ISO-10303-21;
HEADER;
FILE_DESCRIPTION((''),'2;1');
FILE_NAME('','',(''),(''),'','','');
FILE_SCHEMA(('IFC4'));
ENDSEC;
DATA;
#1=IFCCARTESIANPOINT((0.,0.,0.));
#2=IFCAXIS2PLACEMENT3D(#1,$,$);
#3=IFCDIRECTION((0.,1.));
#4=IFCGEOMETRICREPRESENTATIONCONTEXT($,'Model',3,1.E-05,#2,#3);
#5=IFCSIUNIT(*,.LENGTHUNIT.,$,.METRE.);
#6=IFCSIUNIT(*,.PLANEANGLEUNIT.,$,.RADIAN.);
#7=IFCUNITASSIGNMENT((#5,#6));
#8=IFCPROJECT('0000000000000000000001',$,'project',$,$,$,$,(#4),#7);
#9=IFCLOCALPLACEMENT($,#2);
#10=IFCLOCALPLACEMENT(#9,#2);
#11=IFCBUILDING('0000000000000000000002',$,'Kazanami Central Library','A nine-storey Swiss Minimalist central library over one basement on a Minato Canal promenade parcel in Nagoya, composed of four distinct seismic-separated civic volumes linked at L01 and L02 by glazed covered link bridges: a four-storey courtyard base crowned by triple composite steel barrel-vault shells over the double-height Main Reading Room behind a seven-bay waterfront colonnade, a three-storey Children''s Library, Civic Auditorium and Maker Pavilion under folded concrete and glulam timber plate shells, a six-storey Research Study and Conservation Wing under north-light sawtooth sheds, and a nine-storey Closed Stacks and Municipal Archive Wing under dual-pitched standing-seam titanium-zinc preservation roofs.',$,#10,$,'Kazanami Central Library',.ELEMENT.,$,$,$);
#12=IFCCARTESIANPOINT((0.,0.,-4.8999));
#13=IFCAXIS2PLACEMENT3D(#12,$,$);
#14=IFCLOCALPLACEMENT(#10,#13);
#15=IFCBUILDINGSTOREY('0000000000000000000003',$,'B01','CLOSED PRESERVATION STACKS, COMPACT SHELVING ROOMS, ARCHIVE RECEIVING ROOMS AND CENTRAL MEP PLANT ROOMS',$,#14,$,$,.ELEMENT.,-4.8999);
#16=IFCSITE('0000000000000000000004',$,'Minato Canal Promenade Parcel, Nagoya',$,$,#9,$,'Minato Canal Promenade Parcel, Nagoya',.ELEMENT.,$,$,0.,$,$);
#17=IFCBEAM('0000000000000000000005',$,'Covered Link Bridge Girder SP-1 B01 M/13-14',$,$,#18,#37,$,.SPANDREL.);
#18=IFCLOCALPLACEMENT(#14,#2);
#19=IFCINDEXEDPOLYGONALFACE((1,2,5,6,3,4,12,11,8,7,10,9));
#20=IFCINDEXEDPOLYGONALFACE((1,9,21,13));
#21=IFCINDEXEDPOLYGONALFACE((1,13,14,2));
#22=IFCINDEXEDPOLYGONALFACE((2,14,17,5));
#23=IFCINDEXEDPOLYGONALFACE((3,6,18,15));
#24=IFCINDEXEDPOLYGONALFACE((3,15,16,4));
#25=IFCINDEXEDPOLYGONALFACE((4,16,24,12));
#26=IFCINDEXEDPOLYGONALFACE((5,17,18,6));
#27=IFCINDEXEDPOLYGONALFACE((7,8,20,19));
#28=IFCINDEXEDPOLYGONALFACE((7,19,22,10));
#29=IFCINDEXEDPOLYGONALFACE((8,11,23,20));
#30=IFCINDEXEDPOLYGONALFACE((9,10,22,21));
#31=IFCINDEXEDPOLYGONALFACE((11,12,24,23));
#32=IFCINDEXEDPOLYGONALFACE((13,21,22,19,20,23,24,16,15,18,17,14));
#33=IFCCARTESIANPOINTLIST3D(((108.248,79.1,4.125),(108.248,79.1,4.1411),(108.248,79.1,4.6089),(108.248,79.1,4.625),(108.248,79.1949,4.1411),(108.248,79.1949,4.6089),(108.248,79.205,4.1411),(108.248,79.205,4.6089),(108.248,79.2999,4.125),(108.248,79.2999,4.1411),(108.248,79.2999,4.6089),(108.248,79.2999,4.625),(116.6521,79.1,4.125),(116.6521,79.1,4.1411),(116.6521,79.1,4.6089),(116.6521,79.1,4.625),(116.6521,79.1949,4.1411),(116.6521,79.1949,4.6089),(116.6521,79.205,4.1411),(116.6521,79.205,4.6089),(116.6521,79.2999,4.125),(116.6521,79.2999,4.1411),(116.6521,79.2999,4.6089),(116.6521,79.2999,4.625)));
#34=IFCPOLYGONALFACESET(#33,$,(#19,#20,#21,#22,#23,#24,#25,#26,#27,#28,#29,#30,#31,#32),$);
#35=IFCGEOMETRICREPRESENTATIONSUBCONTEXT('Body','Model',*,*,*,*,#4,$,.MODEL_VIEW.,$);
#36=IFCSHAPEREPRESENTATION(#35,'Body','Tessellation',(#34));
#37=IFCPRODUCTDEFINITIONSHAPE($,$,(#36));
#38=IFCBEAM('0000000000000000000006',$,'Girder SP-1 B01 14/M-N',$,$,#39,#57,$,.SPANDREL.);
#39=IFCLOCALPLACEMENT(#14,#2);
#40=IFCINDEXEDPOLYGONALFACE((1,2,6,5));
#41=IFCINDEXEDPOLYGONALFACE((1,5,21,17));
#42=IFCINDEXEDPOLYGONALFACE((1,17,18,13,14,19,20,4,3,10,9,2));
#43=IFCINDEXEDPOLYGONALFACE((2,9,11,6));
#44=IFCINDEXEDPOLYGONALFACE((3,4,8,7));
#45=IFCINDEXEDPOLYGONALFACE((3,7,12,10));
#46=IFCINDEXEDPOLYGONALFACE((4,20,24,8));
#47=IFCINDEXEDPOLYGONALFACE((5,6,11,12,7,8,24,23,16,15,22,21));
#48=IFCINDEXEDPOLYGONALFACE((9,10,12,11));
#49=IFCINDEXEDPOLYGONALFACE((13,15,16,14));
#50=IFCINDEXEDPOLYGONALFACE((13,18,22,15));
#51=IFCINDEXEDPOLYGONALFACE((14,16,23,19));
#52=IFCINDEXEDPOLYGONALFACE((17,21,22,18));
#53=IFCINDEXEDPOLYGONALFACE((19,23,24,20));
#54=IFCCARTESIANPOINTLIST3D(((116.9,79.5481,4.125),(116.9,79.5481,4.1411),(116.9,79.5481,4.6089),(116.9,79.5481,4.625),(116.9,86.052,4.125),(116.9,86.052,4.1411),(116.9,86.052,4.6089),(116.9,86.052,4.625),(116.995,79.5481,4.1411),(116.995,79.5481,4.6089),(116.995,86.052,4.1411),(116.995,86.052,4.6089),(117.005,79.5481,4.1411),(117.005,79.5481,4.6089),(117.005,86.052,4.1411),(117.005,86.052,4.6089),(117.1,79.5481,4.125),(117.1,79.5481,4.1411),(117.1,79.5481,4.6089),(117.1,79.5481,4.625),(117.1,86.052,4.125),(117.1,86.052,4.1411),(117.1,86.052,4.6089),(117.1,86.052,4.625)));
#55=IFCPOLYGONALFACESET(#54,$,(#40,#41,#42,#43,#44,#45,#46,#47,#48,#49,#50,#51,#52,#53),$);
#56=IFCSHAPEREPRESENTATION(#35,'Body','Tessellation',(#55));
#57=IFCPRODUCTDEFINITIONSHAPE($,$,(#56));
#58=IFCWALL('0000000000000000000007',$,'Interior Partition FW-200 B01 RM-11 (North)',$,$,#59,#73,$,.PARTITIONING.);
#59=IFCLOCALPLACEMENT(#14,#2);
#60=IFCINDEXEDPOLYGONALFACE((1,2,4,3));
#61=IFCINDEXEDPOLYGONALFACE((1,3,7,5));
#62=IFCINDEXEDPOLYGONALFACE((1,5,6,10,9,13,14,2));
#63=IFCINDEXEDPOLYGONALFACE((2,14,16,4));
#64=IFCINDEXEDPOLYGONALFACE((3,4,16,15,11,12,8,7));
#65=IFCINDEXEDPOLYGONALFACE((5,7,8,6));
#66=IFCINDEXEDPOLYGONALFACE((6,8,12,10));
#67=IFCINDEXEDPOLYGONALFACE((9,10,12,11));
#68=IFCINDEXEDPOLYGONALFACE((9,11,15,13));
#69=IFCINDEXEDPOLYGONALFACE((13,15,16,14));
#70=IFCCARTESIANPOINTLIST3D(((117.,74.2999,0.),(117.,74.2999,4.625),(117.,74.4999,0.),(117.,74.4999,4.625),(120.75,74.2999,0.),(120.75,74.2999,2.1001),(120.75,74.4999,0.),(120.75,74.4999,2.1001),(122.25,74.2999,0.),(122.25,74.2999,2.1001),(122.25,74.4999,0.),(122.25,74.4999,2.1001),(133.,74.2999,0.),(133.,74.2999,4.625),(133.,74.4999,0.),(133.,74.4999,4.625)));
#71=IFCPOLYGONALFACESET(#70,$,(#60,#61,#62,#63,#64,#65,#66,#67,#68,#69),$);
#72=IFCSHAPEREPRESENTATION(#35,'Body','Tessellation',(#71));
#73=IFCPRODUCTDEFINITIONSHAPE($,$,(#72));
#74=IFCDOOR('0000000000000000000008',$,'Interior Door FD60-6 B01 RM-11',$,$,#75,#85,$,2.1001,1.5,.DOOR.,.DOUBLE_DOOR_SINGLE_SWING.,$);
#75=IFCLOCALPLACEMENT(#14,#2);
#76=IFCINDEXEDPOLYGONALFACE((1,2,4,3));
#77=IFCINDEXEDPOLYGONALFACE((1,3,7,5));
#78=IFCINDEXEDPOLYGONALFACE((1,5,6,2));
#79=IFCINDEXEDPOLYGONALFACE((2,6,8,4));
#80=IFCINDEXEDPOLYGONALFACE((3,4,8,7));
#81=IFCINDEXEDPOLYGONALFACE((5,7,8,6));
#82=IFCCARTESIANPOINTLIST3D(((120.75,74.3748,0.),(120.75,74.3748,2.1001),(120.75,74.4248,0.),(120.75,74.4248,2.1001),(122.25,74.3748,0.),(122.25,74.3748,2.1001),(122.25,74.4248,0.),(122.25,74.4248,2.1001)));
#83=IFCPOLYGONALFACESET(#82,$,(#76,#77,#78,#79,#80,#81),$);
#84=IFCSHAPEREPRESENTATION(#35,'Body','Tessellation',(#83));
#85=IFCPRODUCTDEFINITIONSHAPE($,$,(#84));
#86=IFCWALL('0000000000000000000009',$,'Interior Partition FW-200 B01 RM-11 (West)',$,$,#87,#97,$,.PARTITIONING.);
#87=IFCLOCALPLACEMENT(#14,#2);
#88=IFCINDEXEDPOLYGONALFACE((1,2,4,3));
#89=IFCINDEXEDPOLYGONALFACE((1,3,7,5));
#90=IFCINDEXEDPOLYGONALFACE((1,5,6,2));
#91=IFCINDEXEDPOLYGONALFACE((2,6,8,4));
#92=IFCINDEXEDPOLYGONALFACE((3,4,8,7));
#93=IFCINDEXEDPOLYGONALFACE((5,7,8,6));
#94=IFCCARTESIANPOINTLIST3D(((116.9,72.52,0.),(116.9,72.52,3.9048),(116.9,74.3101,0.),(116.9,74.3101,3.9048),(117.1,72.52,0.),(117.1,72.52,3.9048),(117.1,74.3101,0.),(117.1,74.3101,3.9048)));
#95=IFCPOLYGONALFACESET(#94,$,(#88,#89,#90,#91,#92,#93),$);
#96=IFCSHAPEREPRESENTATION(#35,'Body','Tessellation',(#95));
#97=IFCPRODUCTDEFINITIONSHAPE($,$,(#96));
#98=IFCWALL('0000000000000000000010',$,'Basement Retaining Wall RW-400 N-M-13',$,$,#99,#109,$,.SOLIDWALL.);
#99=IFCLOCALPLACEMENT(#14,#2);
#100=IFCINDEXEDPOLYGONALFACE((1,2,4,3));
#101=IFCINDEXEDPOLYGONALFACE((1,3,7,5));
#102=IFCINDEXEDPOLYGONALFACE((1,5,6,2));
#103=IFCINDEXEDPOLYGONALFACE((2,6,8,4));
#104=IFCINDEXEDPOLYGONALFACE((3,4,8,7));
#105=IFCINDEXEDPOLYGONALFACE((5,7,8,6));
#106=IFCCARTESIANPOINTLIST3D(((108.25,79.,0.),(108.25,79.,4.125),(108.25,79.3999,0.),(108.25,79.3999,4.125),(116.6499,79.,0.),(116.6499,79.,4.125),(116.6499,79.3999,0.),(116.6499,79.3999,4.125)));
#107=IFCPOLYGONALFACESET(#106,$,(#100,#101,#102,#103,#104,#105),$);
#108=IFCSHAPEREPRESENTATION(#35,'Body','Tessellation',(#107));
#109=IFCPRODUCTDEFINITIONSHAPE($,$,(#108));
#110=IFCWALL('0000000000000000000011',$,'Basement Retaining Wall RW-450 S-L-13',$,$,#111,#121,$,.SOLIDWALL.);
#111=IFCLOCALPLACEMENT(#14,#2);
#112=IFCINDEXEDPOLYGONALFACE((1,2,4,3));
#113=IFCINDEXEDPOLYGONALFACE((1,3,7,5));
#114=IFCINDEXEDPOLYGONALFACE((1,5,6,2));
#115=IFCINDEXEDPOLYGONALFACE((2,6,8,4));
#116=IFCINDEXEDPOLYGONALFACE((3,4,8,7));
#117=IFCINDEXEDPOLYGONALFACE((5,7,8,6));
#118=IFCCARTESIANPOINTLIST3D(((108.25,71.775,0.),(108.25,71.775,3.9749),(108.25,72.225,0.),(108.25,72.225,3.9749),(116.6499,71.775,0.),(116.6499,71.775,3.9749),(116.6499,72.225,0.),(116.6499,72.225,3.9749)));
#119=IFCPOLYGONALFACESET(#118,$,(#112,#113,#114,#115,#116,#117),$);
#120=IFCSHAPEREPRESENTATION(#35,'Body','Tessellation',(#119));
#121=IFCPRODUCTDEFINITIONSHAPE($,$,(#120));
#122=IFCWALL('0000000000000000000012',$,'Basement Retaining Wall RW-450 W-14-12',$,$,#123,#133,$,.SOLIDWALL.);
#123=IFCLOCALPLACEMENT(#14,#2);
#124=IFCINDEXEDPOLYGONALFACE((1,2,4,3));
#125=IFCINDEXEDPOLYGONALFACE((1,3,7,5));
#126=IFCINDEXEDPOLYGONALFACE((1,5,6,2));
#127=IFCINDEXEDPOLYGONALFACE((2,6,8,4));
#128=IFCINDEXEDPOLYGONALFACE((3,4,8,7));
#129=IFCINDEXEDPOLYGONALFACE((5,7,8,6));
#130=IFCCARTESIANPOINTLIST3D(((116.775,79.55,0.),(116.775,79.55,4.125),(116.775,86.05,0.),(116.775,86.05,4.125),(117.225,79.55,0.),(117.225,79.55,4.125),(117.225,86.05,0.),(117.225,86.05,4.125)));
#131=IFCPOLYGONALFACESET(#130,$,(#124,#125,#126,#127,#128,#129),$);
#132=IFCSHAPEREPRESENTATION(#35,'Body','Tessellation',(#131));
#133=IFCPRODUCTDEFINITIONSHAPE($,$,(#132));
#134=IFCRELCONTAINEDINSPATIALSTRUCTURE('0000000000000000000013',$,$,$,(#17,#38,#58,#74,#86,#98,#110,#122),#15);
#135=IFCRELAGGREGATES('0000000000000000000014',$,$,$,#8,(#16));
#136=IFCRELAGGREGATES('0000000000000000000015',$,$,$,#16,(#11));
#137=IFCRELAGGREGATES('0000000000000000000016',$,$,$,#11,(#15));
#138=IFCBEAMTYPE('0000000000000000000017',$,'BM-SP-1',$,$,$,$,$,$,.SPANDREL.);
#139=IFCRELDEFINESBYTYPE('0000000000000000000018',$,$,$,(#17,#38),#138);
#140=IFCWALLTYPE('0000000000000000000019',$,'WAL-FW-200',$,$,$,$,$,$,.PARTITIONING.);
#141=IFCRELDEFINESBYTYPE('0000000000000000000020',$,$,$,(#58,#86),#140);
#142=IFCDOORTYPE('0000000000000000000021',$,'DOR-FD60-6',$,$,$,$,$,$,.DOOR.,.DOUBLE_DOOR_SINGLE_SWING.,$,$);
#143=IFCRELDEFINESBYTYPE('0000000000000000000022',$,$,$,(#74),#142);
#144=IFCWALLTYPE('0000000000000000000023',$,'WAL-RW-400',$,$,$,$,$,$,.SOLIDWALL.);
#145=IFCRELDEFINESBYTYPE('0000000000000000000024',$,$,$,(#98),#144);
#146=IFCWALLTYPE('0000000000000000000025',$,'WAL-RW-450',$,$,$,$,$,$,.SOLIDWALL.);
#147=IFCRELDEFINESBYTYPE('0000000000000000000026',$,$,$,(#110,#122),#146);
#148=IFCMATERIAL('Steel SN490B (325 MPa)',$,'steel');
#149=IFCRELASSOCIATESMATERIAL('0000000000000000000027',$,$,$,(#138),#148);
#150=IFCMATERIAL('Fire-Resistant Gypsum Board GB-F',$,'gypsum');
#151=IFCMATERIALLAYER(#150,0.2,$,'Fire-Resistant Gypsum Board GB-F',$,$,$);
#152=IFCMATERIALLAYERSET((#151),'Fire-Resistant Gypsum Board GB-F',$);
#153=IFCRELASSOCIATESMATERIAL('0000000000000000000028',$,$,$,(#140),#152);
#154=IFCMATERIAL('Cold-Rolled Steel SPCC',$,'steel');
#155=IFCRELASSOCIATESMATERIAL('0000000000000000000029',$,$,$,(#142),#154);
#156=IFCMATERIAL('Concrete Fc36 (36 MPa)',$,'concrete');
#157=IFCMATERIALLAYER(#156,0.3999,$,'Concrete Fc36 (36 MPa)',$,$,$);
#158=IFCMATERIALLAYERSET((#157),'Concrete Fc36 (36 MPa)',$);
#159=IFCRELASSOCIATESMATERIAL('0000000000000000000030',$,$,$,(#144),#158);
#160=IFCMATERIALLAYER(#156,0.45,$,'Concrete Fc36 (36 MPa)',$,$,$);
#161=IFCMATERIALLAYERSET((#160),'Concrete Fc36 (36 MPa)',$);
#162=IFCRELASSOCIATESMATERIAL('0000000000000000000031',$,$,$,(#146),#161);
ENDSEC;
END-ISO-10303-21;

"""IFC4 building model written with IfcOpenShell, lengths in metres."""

from ifc_helpers import new_model, si_unit, direction, frame, frame_2d, origin, origin_2d, place, context, subcontext, project, spatial, rectangle, i_section, extrude, material, layer, layer_set, material_profile, profile_set, type_object, element, fill, save


model = new_model("IFC4")

# Units and contexts
model_context = context("Model", 3, precision=1e-05, world=origin(), true_north=direction((0.0, 1.0)))
body_context = subcontext(model_context, "Body", "Model", "MODEL_VIEW")
ifc_project = project(units=[si_unit("LENGTHUNIT", "METRE"), si_unit("PLANEANGLEUNIT", "RADIAN")], contexts=[model_context])

# Site, building, storey
site_placement = place(None, origin())
site = spatial("IfcSite", under=ifc_project, at=site_placement, Name="Minato Canal Promenade Parcel, Nagoya", LongName="Minato Canal Promenade Parcel, Nagoya", CompositionType="ELEMENT", RefElevation=0.0)
building_placement = place(site_placement, origin())
building = spatial("IfcBuilding", under=site, at=building_placement, Name="Kazanami Central Library", Description="A nine-storey Swiss Minimalist central library over one basement on a Minato Canal promenade parcel in Nagoya, composed of four distinct seismic-separated civic volumes linked at L01 and L02 by glazed covered link bridges: a four-storey courtyard base crowned by triple composite steel barrel-vault shells over the double-height Main Reading Room behind a seven-bay waterfront colonnade, a three-storey Children's Library, Civic Auditorium and Maker Pavilion under folded concrete and glulam timber plate shells, a six-storey Research Study and Conservation Wing under north-light sawtooth sheds, and a nine-storey Closed Stacks and Municipal Archive Wing under dual-pitched standing-seam titanium-zinc preservation roofs.", LongName="Kazanami Central Library", CompositionType="ELEMENT")
storey_placement = place(building_placement, frame((0.0, 0.0, -4.8999)))
storey = spatial("IfcBuildingStorey", under=building, at=storey_placement, Name="B01", Description="CLOSED PRESERVATION STACKS, COMPACT SHELVING ROOMS, ARCHIVE RECEIVING ROOMS AND CENTRAL MEP PLANT ROOMS", CompositionType="ELEMENT", Elevation=-4.8999)

# Shared definitions
ifc_material_1 = material(Name="Concrete Fc36 (36 MPa)", Category="concrete")

# Beams
ifc_material_2 = material(Name="Steel SN490B (325 MPa)", Category="steel")
ifc_material_profile_1 = material_profile(ifc_material_2, i_section(OverallWidth=0.2, OverallDepth=0.5, WebThickness=0.01, FlangeThickness=0.0161, at=origin_2d()), Name="H-500x200x10x16")
ifc_profile_set_1 = profile_set([ifc_material_profile_1], Name="Steel SN490B (325 MPa)")
beam_type_1 = type_object("IfcBeamType", Name="BM-SP-1", PredefinedType="SPANDREL", material=ifc_profile_set_1)
beam_1_placement = place(storey_placement, frame((108.248, 79.2, 4.375), z_axis=(1.0, 0.0, 0.0), x_axis=(0.0, 1.0, 0.0)))
element("IfcBeam", 1, at=beam_1_placement, inside=storey, type_object=beam_type_1, Name="Covered Link Bridge Girder SP-1 B01 M/13-14", PredefinedType="SPANDREL", context=body_context, shape_type="SweptSolid", body=[
    extrude(i_section(OverallWidth=0.2, OverallDepth=0.5, WebThickness=0.01, FlangeThickness=0.0161, at=origin_2d()), origin(), (0.0, 0.0, 1.0), 8.4041),
])
beam_2_placement = place(storey_placement, frame((117.0, 79.5481, 4.375), z_axis=(0.0, 1.0, 0.0), x_axis=(-1.0, 0.0, 0.0)))
element("IfcBeam", 2, at=beam_2_placement, inside=storey, type_object=beam_type_1, Name="Girder SP-1 B01 14/M-N", PredefinedType="SPANDREL", context=body_context, shape_type="SweptSolid", body=[
    extrude(i_section(OverallWidth=0.2, OverallDepth=0.5, WebThickness=0.01, FlangeThickness=0.0161, at=origin_2d()), origin(), (0.0, 0.0, 1.0), 6.5039),
])

# Wall, opening, door
ifc_material_3 = material(Name="Fire-Resistant Gypsum Board GB-F", Category="gypsum")
ifc_layer_1 = layer(ifc_material_3, 0.2, Name="Fire-Resistant Gypsum Board GB-F")
ifc_layer_set_1 = layer_set([ifc_layer_1], Name="Fire-Resistant Gypsum Board GB-F")
wall_type_1 = type_object("IfcWallType", Name="WAL-FW-200", PredefinedType="PARTITIONING", material=ifc_layer_set_1)
wall_1_placement = place(storey_placement, frame((117.0, 74.3999, 0.0), z_axis=(0.0, 0.0, 1.0), x_axis=(1.0, 0.0, 0.0)))
wall_1 = element("IfcWall", 3, at=wall_1_placement, inside=storey, type_object=wall_type_1, Name="Interior Partition FW-200 B01 RM-11 (North)", PredefinedType="PARTITIONING", context=body_context, shape_type="SweptSolid", body=[
    extrude(rectangle(XDim=16.0, YDim=0.2, at=frame_2d((8.0, 0.0))), origin(), (0.0, 0.0, 1.0), 4.625),
])
opening_placement = place(wall_1_placement, frame((3.75, 0.0, 0.0)))
opening = element("IfcOpeningElement", 4, at=opening_placement, cuts=wall_1, PredefinedType="OPENING", context=body_context, shape_type="SweptSolid", body=[
    extrude(rectangle(XDim=1.5, YDim=2.1001, at=frame_2d((0.75, 1.05))), frame((0.0, 0.1118, 0.0), z_axis=(0.0, -1.0, 0.0), x_axis=(1.0, 0.0, 0.0)), (0.0, 0.0, 1.0), 0.2239),
])
ifc_material_4 = material(Name="Cold-Rolled Steel SPCC", Category="steel")
door_type = type_object("IfcDoorType", Name="DOR-FD60-6", OperationType="DOUBLE_DOOR_SINGLE_SWING", PredefinedType="DOOR", material=ifc_material_4)
door_placement = place(opening_placement, origin())
door = element("IfcDoor", 5, at=door_placement, inside=storey, type_object=door_type, Name="Interior Door FD60-6 B01 RM-11", OperationType="DOUBLE_DOOR_SINGLE_SWING", OverallHeight=2.1001, OverallWidth=1.5, PredefinedType="DOOR", context=body_context, shape_type="SweptSolid", body=[
    extrude(rectangle(XDim=1.5, YDim=2.1001, at=frame_2d((0.75, 1.05))), frame((0.0, 0.0249, 0.0), z_axis=(0.0, -1.0, 0.0), x_axis=(1.0, 0.0, 0.0)), (0.0, 0.0, 1.0), 0.05),
])
fill(opening, door)

# Walls
wall_2_placement = place(storey_placement, frame((117.0, 72.52, 0.0), z_axis=(0.0, 0.0, 1.0), x_axis=(0.0, 1.0, 0.0)))
element("IfcWall", 6, at=wall_2_placement, inside=storey, type_object=wall_type_1, Name="Interior Partition FW-200 B01 RM-11 (West)", PredefinedType="PARTITIONING", context=body_context, shape_type="SweptSolid", body=[
    extrude(rectangle(XDim=1.79, YDim=0.2, at=frame_2d((0.895, 0.0))), origin(), (0.0, 0.0, 1.0), 3.9048),
])
ifc_layer_2 = layer(ifc_material_1, 0.3999, Name="Concrete Fc36 (36 MPa)")
ifc_layer_set_2 = layer_set([ifc_layer_2], Name="Concrete Fc36 (36 MPa)")
wall_type_2 = type_object("IfcWallType", Name="WAL-RW-400", PredefinedType="SOLIDWALL", material=ifc_layer_set_2)
wall_3_placement = place(storey_placement, frame((116.6499, 79.2, 0.0), z_axis=(0.0, 0.0, 1.0), x_axis=(-1.0, 0.0, 0.0)))
element("IfcWall", 7, at=wall_3_placement, inside=storey, type_object=wall_type_2, Name="Basement Retaining Wall RW-400 N-M-13", PredefinedType="SOLIDWALL", context=body_context, shape_type="SweptSolid", body=[
    extrude(rectangle(XDim=8.3999, YDim=0.3999, at=frame_2d((4.2, 0.0))), origin(), (0.0, 0.0, 1.0), 4.125),
])
ifc_layer_3 = layer(ifc_material_1, 0.45, Name="Concrete Fc36 (36 MPa)")
ifc_layer_set_3 = layer_set([ifc_layer_3], Name="Concrete Fc36 (36 MPa)")
wall_type_3 = type_object("IfcWallType", Name="WAL-RW-450", PredefinedType="SOLIDWALL", material=ifc_layer_set_3)
wall_4_placement = place(storey_placement, frame((108.25, 72.0, 0.0), z_axis=(0.0, 0.0, 1.0), x_axis=(1.0, 0.0, 0.0)))
element("IfcWall", 8, at=wall_4_placement, inside=storey, type_object=wall_type_3, Name="Basement Retaining Wall RW-450 S-L-13", PredefinedType="SOLIDWALL", context=body_context, shape_type="SweptSolid", body=[
    extrude(rectangle(XDim=8.3999, YDim=0.45, at=frame_2d((4.2, 0.0))), origin(), (0.0, 0.0, 1.0), 3.9749),
])
wall_5_placement = place(storey_placement, frame((117.0, 79.55, 0.0), z_axis=(0.0, 0.0, 1.0), x_axis=(0.0, 1.0, 0.0)))
element("IfcWall", 9, at=wall_5_placement, inside=storey, type_object=wall_type_3, Name="Basement Retaining Wall RW-450 W-14-12", PredefinedType="SOLIDWALL", context=body_context, shape_type="SweptSolid", body=[
    extrude(rectangle(XDim=6.5, YDim=0.45, at=frame_2d((3.25, 0.0))), origin(), (0.0, 0.0, 1.0), 4.125),
])

save(model, "model.ifc")
